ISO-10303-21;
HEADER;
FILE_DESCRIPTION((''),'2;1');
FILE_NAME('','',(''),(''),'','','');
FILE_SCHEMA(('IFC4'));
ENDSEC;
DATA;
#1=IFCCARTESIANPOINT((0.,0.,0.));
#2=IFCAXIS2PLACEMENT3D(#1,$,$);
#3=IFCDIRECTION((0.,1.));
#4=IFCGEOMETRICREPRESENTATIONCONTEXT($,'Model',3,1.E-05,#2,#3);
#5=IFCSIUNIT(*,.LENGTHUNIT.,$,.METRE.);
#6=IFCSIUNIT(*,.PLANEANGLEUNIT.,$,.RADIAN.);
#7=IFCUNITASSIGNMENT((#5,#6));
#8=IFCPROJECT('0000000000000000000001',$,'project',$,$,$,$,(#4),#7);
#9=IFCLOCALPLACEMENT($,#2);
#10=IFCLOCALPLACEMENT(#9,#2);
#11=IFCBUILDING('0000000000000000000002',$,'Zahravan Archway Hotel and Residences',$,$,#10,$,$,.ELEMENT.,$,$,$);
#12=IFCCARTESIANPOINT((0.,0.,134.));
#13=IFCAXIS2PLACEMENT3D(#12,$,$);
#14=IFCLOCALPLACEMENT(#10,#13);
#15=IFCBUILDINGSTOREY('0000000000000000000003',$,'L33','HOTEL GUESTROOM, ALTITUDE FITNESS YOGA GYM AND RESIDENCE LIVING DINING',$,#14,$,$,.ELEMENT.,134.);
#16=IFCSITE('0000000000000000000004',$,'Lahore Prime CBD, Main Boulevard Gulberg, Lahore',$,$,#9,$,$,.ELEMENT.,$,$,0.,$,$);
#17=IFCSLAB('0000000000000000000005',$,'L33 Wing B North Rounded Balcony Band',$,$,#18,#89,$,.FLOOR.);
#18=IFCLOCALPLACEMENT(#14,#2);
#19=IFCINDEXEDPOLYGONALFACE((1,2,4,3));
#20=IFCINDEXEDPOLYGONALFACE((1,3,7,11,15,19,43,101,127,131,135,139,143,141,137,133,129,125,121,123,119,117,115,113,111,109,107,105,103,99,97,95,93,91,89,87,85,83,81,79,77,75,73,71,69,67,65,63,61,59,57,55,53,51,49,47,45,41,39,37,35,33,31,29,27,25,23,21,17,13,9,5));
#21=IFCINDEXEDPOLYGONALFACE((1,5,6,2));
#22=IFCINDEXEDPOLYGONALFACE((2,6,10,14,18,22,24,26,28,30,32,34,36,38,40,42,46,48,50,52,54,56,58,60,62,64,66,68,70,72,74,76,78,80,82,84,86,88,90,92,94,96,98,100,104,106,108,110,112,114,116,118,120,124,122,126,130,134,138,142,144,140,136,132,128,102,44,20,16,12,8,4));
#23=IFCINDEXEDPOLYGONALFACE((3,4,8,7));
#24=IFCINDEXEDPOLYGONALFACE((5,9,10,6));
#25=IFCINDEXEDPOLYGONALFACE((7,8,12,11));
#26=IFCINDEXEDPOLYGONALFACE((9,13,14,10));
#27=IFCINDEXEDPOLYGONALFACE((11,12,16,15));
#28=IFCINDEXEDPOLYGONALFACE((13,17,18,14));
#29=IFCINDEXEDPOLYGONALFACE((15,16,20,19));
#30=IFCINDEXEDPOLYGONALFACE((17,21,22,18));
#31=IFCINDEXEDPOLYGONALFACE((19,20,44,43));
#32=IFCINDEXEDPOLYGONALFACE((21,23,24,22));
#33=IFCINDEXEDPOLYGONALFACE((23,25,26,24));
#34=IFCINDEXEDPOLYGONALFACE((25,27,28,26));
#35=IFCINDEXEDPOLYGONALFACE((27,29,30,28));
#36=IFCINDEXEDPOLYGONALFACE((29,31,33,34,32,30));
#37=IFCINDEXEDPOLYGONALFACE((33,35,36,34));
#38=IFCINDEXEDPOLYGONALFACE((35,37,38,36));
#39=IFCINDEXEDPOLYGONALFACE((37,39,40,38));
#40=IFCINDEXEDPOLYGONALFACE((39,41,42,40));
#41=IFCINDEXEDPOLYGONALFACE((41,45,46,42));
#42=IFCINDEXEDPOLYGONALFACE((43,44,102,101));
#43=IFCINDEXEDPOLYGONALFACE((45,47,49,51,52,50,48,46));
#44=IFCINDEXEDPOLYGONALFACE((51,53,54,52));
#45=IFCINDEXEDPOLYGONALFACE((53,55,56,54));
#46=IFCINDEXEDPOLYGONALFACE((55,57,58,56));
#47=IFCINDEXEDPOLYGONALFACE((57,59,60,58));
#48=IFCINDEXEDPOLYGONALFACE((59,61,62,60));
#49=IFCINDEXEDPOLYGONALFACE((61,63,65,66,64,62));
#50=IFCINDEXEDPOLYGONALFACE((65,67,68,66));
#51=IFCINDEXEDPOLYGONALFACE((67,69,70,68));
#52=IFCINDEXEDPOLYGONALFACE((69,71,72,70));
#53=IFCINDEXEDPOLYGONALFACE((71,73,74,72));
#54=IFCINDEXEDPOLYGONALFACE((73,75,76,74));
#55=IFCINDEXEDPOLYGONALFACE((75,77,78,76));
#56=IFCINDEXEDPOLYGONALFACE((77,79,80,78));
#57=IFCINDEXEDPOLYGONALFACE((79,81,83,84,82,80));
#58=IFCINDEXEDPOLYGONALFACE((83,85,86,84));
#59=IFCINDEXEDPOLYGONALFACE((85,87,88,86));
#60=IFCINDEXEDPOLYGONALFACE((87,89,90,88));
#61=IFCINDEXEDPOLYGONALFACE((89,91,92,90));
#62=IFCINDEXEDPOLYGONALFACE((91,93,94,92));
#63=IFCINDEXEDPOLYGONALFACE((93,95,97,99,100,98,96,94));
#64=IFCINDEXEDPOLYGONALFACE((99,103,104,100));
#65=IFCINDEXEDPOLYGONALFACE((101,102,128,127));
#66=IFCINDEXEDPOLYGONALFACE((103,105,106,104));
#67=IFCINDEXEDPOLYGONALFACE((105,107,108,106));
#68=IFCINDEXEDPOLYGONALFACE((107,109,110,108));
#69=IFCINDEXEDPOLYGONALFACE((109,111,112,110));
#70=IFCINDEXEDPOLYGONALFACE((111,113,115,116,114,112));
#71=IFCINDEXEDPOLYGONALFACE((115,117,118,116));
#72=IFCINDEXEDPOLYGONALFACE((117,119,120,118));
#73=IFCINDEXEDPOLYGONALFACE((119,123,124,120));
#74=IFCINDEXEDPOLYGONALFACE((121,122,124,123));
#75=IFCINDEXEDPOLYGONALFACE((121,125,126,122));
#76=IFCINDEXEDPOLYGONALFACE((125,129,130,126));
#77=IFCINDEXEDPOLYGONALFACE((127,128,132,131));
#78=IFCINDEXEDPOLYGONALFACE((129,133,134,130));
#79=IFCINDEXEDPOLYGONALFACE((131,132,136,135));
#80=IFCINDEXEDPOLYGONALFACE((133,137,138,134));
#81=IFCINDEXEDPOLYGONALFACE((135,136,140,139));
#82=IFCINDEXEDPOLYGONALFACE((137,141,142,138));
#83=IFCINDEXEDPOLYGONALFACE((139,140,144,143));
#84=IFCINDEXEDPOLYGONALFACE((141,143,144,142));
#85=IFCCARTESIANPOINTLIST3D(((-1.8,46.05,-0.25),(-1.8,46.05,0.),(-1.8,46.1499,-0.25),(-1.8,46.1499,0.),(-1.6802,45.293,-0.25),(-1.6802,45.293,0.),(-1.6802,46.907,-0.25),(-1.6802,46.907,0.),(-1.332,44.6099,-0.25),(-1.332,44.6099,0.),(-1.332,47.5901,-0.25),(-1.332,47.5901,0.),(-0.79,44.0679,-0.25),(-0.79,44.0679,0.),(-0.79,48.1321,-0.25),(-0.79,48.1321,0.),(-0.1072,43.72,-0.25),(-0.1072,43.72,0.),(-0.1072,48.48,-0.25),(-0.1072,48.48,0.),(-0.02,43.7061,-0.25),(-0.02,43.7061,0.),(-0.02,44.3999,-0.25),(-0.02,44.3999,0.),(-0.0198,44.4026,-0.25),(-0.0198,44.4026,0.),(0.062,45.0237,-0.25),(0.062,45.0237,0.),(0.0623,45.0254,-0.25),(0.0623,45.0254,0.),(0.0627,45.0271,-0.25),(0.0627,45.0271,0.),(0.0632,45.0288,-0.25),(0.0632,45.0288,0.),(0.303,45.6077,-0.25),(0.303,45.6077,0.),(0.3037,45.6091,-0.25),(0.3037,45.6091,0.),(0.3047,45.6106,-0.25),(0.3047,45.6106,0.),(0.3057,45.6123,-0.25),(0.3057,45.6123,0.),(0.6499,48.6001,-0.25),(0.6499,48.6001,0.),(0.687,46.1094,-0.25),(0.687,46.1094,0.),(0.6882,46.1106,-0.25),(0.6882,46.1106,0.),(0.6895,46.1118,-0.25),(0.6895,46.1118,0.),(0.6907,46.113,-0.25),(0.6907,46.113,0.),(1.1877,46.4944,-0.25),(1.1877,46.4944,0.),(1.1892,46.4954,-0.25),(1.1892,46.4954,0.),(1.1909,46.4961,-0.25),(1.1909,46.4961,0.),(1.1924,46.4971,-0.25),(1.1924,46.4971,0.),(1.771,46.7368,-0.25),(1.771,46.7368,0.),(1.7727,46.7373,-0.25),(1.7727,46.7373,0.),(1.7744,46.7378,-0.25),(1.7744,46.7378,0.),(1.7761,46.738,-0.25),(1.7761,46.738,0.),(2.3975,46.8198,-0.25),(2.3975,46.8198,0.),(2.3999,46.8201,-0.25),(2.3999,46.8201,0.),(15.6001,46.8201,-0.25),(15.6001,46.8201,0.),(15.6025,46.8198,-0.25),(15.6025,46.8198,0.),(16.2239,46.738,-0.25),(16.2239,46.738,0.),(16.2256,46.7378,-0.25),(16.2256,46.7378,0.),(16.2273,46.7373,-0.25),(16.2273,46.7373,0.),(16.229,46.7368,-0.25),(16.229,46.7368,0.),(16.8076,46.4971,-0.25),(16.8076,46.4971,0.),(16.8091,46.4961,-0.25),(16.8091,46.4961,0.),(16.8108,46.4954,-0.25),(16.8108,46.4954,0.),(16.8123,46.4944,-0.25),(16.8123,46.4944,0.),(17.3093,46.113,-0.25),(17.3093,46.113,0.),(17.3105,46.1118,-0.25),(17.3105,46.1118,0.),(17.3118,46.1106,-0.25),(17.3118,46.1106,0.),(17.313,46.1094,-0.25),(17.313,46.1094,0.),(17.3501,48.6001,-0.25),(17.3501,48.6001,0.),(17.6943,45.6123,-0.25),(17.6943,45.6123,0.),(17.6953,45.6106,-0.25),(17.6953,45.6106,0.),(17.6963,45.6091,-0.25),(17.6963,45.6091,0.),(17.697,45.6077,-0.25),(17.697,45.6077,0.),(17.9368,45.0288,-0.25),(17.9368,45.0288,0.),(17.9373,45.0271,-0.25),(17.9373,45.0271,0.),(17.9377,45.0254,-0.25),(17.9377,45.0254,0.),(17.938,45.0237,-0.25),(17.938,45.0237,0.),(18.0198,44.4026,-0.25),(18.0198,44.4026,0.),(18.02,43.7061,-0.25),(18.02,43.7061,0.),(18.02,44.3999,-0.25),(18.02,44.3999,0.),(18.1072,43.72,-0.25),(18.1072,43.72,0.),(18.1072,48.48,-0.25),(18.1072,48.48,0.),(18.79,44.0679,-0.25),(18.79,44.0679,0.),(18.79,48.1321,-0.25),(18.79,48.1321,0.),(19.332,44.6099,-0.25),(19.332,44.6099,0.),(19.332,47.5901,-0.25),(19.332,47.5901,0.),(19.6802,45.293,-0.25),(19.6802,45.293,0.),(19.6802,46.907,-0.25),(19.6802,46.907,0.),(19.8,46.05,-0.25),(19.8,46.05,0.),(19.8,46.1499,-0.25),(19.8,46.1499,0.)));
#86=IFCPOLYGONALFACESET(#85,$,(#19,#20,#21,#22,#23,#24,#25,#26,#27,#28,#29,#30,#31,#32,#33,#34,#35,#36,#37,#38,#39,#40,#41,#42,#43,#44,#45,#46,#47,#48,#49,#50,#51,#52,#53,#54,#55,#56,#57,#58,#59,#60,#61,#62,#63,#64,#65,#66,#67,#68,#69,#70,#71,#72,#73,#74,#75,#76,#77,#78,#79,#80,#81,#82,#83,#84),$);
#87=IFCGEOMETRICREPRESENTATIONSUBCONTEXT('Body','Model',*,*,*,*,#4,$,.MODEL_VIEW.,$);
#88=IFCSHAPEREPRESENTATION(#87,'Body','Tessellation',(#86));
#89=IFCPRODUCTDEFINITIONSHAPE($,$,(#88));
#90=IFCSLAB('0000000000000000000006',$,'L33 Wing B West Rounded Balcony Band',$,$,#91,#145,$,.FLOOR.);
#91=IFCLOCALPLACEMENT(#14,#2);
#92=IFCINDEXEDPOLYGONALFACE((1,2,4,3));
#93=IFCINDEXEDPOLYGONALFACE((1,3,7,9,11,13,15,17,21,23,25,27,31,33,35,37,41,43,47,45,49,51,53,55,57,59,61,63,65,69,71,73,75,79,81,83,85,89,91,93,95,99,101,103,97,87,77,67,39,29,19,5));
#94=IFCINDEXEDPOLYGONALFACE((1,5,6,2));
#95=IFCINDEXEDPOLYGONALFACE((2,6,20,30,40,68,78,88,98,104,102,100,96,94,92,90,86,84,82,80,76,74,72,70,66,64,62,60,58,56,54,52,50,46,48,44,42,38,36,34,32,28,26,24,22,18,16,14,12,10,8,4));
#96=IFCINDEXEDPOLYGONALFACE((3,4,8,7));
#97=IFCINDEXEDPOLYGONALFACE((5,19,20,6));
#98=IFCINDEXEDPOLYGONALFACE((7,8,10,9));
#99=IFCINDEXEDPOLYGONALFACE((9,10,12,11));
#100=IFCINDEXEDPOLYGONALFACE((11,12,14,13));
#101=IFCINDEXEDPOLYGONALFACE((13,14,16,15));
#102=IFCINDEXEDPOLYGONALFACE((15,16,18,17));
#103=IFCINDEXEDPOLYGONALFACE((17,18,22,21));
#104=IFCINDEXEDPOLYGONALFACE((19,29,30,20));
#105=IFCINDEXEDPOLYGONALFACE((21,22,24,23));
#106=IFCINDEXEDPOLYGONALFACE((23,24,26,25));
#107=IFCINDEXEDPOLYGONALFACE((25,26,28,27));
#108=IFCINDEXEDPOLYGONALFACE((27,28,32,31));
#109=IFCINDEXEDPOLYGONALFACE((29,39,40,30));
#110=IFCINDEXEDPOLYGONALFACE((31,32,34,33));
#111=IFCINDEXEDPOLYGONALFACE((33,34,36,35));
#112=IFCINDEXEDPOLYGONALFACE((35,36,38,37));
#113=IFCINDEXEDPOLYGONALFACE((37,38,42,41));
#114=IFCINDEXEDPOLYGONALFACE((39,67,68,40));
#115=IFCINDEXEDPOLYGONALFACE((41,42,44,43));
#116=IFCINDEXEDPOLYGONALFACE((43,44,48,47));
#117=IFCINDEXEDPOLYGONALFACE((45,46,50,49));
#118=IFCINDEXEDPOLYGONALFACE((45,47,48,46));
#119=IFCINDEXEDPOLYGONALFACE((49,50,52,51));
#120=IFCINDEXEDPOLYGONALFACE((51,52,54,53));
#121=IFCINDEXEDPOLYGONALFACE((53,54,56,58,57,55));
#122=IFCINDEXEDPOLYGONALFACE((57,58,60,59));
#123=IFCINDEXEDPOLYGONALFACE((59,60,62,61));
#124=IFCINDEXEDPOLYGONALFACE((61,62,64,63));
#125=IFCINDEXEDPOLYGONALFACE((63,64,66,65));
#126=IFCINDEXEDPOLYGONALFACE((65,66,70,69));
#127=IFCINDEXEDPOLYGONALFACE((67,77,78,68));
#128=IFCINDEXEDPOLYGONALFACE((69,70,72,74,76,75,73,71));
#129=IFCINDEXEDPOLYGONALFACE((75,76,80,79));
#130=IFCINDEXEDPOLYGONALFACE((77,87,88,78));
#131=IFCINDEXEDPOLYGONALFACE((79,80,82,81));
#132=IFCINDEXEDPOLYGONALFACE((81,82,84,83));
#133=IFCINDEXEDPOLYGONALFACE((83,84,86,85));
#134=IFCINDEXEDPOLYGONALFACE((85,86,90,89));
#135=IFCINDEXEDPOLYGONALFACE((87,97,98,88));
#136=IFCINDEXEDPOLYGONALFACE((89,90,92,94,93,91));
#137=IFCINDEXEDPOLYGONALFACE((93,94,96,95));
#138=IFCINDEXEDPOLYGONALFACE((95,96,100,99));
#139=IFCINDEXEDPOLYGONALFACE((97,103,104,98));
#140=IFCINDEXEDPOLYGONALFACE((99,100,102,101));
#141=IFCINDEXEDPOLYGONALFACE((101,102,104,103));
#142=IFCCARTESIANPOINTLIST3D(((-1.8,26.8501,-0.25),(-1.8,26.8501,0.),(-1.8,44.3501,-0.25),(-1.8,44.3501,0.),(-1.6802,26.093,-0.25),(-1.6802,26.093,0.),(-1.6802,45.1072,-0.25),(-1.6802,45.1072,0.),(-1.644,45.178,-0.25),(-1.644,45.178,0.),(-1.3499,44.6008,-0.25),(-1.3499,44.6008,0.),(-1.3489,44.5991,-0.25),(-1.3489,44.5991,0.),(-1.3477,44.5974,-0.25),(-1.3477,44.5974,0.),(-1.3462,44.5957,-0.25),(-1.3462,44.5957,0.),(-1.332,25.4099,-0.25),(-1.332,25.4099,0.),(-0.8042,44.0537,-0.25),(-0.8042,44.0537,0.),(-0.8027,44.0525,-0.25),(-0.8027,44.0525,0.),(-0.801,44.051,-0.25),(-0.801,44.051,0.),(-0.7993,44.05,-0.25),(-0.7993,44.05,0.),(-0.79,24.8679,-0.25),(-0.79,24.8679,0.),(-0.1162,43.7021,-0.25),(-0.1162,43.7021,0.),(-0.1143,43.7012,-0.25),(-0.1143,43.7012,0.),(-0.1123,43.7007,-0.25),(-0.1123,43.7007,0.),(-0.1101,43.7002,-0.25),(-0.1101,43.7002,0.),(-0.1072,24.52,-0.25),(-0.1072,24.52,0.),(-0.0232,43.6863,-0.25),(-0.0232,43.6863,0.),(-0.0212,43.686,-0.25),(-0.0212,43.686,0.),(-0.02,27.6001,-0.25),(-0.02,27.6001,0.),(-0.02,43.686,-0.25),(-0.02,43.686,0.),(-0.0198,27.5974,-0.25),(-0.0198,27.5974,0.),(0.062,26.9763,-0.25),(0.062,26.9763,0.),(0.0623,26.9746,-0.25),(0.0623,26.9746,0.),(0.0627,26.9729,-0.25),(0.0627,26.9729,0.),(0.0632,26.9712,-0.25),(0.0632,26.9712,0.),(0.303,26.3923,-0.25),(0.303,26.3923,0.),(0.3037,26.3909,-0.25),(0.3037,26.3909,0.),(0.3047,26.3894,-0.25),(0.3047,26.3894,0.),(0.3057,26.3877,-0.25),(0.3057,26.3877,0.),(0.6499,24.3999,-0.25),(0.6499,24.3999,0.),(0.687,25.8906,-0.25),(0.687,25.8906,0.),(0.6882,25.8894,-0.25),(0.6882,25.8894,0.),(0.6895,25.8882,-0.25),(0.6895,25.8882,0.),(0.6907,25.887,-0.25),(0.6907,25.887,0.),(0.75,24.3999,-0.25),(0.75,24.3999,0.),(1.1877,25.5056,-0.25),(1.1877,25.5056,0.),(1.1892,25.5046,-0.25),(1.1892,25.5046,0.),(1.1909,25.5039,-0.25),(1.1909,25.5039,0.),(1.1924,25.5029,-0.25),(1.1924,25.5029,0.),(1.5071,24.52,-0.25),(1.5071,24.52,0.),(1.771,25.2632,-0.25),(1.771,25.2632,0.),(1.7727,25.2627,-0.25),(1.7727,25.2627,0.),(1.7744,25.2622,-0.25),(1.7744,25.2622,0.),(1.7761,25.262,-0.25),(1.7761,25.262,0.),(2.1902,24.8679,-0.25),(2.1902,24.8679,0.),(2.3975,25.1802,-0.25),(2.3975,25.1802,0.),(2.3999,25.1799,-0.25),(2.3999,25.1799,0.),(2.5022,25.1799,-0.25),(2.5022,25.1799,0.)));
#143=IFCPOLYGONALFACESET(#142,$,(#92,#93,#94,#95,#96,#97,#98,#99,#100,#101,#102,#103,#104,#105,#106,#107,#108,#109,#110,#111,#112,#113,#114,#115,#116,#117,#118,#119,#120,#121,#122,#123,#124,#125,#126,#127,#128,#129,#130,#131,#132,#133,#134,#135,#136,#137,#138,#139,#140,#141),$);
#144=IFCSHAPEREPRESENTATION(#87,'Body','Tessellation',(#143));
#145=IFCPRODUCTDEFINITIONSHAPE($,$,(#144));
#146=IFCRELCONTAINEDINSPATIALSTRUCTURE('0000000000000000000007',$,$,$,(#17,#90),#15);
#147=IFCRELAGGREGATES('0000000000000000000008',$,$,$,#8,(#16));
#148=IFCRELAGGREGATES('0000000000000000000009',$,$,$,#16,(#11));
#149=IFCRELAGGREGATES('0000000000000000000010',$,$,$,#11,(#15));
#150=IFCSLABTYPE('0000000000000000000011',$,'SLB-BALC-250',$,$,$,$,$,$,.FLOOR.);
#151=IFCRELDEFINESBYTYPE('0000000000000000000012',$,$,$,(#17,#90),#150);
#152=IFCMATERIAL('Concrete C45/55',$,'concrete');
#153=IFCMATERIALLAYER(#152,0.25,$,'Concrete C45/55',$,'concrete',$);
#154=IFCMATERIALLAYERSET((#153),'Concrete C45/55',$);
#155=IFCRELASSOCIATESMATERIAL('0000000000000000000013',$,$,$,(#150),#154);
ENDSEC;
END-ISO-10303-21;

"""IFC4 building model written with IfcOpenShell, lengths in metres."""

from ifc_helpers import new_model, si_unit, direction, frame, origin, place, context, subcontext, project, spatial, polyline, outline, extrude, material, layer, layer_set, type_object, element, save


model = new_model("IFC4")

# Units and contexts
model_context = context("Model", 3, precision=1e-05, world=origin(), true_north=direction((0.0, 1.0)))
body_context = subcontext(model_context, "Body", "Model", "MODEL_VIEW")
ifc_project = project(units=[si_unit("LENGTHUNIT", "METRE"), si_unit("PLANEANGLEUNIT", "RADIAN")], contexts=[model_context])

# Site, building, storey
site_placement = place(None, origin())
site = spatial("IfcSite", under=ifc_project, at=site_placement, Name="Lahore Prime CBD, Main Boulevard Gulberg, Lahore", CompositionType="ELEMENT", RefElevation=0.0)
building_placement = place(site_placement, origin())
building = spatial("IfcBuilding", under=site, at=building_placement, Name="Zahravan Archway Hotel and Residences", CompositionType="ELEMENT")
storey_placement = place(building_placement, frame((0.0, 0.0, 134.0)))
storey = spatial("IfcBuildingStorey", under=building, at=storey_placement, Name="L33", Description="HOTEL GUESTROOM, ALTITUDE FITNESS YOGA GYM AND RESIDENCE LIVING DINING", CompositionType="ELEMENT", Elevation=134.0)

# Slabs
ifc_material_1 = material(Name="Concrete C45/55", Category="concrete")
ifc_layer_1 = layer(ifc_material_1, 0.25, Name="Concrete C45/55", Category="concrete")
ifc_layer_set_1 = layer_set([ifc_layer_1], Name="Concrete C45/55")
slab_type_1 = type_object("IfcSlabType", Name="SLB-BALC-250", PredefinedType="FLOOR", material=ifc_layer_set_1)
slab_1_placement = place(storey_placement, frame((0.0, 0.0, -0.25)))
element("IfcSlab", 1, at=slab_1_placement, inside=storey, type_object=slab_type_1, Name="L33 Wing B North Rounded Balcony Band", PredefinedType="FLOOR", context=body_context, shape_type="SweptSolid", body=[
    extrude(outline(polyline([(-0.1072, 43.72), (-0.79, 44.0679), (-1.332, 44.6099), (-1.6802, 45.293), (-1.8, 46.05), (-1.8, 46.1499), (-1.6802, 46.907), (-1.332, 47.5901), (-0.79, 48.1321), (-0.1072, 48.48), (0.6499, 48.6001), (17.3501, 48.6001), (18.1072, 48.48), (18.79, 48.1321), (19.332, 47.5901), (19.6802, 46.907), (19.8, 46.1499), (19.8, 46.05), (19.6802, 45.293), (19.332, 44.6099), (18.79, 44.0679), (18.1072, 43.72), (18.02, 43.7061), (18.02, 44.3999), (18.0198, 44.4026), (17.938, 45.0237), (17.9377, 45.0254), (17.9373, 45.0271), (17.9368, 45.0288), (17.697, 45.6077), (17.6963, 45.6091), (17.6953, 45.6106), (17.6943, 45.6123), (17.313, 46.1094), (17.3118, 46.1106), (17.3105, 46.1118), (17.3093, 46.113), (16.8123, 46.4944), (16.8108, 46.4954), (16.8091, 46.4961), (16.8076, 46.4971), (16.229, 46.7368), (16.2273, 46.7373), (16.2256, 46.7378), (16.2239, 46.738), (15.6025, 46.8198), (15.6001, 46.8201), (2.3999, 46.8201), (2.3975, 46.8198), (1.7761, 46.738), (1.7744, 46.7378), (1.7727, 46.7373), (1.771, 46.7368), (1.1924, 46.4971), (1.1909, 46.4961), (1.1892, 46.4954), (1.1877, 46.4944), (0.6907, 46.113), (0.6895, 46.1118), (0.6882, 46.1106), (0.687, 46.1094), (0.3057, 45.6123), (0.3047, 45.6106), (0.3037, 45.6091), (0.303, 45.6077), (0.0632, 45.0288), (0.0627, 45.0271), (0.0623, 45.0254), (0.062, 45.0237), (-0.0198, 44.4026), (-0.02, 44.3999), (-0.02, 43.7061), (-0.1072, 43.72)])), origin(), (0.0, 0.0, 1.0), 0.25),
])
slab_2_placement = place(storey_placement, frame((0.0, 0.0, -0.25)))
element("IfcSlab", 2, at=slab_2_placement, inside=storey, type_object=slab_type_1, Name="L33 Wing B West Rounded Balcony Band", PredefinedType="FLOOR", context=body_context, shape_type="SweptSolid", body=[
    extrude(outline(polyline([(2.1902, 24.8679), (1.5071, 24.52), (0.75, 24.3999), (0.6499, 24.3999), (-0.1072, 24.52), (-0.79, 24.8679), (-1.332, 25.4099), (-1.6802, 26.093), (-1.8, 26.8501), (-1.8, 44.3501), (-1.6802, 45.1072), (-1.644, 45.178), (-1.3499, 44.6008), (-1.3489, 44.5991), (-1.3477, 44.5974), (-1.3462, 44.5957), (-0.8042, 44.0537), (-0.8027, 44.0525), (-0.801, 44.051), (-0.7993, 44.05), (-0.1162, 43.7021), (-0.1143, 43.7012), (-0.1123, 43.7007), (-0.1101, 43.7002), (-0.0232, 43.6863), (-0.0212, 43.686), (-0.02, 43.686), (-0.02, 27.6001), (-0.0198, 27.5974), (0.062, 26.9763), (0.0623, 26.9746), (0.0627, 26.9729), (0.0632, 26.9712), (0.303, 26.3923), (0.3037, 26.3909), (0.3047, 26.3894), (0.3057, 26.3877), (0.687, 25.8906), (0.6882, 25.8894), (0.6895, 25.8882), (0.6907, 25.887), (1.1877, 25.5056), (1.1892, 25.5046), (1.1909, 25.5039), (1.1924, 25.5029), (1.771, 25.2632), (1.7727, 25.2627), (1.7744, 25.2622), (1.7761, 25.262), (2.3975, 25.1802), (2.3999, 25.1799), (2.5022, 25.1799), (2.1902, 24.8679)])), origin(), (0.0, 0.0, 1.0), 0.25),
])

save(model, "model.ifc")
